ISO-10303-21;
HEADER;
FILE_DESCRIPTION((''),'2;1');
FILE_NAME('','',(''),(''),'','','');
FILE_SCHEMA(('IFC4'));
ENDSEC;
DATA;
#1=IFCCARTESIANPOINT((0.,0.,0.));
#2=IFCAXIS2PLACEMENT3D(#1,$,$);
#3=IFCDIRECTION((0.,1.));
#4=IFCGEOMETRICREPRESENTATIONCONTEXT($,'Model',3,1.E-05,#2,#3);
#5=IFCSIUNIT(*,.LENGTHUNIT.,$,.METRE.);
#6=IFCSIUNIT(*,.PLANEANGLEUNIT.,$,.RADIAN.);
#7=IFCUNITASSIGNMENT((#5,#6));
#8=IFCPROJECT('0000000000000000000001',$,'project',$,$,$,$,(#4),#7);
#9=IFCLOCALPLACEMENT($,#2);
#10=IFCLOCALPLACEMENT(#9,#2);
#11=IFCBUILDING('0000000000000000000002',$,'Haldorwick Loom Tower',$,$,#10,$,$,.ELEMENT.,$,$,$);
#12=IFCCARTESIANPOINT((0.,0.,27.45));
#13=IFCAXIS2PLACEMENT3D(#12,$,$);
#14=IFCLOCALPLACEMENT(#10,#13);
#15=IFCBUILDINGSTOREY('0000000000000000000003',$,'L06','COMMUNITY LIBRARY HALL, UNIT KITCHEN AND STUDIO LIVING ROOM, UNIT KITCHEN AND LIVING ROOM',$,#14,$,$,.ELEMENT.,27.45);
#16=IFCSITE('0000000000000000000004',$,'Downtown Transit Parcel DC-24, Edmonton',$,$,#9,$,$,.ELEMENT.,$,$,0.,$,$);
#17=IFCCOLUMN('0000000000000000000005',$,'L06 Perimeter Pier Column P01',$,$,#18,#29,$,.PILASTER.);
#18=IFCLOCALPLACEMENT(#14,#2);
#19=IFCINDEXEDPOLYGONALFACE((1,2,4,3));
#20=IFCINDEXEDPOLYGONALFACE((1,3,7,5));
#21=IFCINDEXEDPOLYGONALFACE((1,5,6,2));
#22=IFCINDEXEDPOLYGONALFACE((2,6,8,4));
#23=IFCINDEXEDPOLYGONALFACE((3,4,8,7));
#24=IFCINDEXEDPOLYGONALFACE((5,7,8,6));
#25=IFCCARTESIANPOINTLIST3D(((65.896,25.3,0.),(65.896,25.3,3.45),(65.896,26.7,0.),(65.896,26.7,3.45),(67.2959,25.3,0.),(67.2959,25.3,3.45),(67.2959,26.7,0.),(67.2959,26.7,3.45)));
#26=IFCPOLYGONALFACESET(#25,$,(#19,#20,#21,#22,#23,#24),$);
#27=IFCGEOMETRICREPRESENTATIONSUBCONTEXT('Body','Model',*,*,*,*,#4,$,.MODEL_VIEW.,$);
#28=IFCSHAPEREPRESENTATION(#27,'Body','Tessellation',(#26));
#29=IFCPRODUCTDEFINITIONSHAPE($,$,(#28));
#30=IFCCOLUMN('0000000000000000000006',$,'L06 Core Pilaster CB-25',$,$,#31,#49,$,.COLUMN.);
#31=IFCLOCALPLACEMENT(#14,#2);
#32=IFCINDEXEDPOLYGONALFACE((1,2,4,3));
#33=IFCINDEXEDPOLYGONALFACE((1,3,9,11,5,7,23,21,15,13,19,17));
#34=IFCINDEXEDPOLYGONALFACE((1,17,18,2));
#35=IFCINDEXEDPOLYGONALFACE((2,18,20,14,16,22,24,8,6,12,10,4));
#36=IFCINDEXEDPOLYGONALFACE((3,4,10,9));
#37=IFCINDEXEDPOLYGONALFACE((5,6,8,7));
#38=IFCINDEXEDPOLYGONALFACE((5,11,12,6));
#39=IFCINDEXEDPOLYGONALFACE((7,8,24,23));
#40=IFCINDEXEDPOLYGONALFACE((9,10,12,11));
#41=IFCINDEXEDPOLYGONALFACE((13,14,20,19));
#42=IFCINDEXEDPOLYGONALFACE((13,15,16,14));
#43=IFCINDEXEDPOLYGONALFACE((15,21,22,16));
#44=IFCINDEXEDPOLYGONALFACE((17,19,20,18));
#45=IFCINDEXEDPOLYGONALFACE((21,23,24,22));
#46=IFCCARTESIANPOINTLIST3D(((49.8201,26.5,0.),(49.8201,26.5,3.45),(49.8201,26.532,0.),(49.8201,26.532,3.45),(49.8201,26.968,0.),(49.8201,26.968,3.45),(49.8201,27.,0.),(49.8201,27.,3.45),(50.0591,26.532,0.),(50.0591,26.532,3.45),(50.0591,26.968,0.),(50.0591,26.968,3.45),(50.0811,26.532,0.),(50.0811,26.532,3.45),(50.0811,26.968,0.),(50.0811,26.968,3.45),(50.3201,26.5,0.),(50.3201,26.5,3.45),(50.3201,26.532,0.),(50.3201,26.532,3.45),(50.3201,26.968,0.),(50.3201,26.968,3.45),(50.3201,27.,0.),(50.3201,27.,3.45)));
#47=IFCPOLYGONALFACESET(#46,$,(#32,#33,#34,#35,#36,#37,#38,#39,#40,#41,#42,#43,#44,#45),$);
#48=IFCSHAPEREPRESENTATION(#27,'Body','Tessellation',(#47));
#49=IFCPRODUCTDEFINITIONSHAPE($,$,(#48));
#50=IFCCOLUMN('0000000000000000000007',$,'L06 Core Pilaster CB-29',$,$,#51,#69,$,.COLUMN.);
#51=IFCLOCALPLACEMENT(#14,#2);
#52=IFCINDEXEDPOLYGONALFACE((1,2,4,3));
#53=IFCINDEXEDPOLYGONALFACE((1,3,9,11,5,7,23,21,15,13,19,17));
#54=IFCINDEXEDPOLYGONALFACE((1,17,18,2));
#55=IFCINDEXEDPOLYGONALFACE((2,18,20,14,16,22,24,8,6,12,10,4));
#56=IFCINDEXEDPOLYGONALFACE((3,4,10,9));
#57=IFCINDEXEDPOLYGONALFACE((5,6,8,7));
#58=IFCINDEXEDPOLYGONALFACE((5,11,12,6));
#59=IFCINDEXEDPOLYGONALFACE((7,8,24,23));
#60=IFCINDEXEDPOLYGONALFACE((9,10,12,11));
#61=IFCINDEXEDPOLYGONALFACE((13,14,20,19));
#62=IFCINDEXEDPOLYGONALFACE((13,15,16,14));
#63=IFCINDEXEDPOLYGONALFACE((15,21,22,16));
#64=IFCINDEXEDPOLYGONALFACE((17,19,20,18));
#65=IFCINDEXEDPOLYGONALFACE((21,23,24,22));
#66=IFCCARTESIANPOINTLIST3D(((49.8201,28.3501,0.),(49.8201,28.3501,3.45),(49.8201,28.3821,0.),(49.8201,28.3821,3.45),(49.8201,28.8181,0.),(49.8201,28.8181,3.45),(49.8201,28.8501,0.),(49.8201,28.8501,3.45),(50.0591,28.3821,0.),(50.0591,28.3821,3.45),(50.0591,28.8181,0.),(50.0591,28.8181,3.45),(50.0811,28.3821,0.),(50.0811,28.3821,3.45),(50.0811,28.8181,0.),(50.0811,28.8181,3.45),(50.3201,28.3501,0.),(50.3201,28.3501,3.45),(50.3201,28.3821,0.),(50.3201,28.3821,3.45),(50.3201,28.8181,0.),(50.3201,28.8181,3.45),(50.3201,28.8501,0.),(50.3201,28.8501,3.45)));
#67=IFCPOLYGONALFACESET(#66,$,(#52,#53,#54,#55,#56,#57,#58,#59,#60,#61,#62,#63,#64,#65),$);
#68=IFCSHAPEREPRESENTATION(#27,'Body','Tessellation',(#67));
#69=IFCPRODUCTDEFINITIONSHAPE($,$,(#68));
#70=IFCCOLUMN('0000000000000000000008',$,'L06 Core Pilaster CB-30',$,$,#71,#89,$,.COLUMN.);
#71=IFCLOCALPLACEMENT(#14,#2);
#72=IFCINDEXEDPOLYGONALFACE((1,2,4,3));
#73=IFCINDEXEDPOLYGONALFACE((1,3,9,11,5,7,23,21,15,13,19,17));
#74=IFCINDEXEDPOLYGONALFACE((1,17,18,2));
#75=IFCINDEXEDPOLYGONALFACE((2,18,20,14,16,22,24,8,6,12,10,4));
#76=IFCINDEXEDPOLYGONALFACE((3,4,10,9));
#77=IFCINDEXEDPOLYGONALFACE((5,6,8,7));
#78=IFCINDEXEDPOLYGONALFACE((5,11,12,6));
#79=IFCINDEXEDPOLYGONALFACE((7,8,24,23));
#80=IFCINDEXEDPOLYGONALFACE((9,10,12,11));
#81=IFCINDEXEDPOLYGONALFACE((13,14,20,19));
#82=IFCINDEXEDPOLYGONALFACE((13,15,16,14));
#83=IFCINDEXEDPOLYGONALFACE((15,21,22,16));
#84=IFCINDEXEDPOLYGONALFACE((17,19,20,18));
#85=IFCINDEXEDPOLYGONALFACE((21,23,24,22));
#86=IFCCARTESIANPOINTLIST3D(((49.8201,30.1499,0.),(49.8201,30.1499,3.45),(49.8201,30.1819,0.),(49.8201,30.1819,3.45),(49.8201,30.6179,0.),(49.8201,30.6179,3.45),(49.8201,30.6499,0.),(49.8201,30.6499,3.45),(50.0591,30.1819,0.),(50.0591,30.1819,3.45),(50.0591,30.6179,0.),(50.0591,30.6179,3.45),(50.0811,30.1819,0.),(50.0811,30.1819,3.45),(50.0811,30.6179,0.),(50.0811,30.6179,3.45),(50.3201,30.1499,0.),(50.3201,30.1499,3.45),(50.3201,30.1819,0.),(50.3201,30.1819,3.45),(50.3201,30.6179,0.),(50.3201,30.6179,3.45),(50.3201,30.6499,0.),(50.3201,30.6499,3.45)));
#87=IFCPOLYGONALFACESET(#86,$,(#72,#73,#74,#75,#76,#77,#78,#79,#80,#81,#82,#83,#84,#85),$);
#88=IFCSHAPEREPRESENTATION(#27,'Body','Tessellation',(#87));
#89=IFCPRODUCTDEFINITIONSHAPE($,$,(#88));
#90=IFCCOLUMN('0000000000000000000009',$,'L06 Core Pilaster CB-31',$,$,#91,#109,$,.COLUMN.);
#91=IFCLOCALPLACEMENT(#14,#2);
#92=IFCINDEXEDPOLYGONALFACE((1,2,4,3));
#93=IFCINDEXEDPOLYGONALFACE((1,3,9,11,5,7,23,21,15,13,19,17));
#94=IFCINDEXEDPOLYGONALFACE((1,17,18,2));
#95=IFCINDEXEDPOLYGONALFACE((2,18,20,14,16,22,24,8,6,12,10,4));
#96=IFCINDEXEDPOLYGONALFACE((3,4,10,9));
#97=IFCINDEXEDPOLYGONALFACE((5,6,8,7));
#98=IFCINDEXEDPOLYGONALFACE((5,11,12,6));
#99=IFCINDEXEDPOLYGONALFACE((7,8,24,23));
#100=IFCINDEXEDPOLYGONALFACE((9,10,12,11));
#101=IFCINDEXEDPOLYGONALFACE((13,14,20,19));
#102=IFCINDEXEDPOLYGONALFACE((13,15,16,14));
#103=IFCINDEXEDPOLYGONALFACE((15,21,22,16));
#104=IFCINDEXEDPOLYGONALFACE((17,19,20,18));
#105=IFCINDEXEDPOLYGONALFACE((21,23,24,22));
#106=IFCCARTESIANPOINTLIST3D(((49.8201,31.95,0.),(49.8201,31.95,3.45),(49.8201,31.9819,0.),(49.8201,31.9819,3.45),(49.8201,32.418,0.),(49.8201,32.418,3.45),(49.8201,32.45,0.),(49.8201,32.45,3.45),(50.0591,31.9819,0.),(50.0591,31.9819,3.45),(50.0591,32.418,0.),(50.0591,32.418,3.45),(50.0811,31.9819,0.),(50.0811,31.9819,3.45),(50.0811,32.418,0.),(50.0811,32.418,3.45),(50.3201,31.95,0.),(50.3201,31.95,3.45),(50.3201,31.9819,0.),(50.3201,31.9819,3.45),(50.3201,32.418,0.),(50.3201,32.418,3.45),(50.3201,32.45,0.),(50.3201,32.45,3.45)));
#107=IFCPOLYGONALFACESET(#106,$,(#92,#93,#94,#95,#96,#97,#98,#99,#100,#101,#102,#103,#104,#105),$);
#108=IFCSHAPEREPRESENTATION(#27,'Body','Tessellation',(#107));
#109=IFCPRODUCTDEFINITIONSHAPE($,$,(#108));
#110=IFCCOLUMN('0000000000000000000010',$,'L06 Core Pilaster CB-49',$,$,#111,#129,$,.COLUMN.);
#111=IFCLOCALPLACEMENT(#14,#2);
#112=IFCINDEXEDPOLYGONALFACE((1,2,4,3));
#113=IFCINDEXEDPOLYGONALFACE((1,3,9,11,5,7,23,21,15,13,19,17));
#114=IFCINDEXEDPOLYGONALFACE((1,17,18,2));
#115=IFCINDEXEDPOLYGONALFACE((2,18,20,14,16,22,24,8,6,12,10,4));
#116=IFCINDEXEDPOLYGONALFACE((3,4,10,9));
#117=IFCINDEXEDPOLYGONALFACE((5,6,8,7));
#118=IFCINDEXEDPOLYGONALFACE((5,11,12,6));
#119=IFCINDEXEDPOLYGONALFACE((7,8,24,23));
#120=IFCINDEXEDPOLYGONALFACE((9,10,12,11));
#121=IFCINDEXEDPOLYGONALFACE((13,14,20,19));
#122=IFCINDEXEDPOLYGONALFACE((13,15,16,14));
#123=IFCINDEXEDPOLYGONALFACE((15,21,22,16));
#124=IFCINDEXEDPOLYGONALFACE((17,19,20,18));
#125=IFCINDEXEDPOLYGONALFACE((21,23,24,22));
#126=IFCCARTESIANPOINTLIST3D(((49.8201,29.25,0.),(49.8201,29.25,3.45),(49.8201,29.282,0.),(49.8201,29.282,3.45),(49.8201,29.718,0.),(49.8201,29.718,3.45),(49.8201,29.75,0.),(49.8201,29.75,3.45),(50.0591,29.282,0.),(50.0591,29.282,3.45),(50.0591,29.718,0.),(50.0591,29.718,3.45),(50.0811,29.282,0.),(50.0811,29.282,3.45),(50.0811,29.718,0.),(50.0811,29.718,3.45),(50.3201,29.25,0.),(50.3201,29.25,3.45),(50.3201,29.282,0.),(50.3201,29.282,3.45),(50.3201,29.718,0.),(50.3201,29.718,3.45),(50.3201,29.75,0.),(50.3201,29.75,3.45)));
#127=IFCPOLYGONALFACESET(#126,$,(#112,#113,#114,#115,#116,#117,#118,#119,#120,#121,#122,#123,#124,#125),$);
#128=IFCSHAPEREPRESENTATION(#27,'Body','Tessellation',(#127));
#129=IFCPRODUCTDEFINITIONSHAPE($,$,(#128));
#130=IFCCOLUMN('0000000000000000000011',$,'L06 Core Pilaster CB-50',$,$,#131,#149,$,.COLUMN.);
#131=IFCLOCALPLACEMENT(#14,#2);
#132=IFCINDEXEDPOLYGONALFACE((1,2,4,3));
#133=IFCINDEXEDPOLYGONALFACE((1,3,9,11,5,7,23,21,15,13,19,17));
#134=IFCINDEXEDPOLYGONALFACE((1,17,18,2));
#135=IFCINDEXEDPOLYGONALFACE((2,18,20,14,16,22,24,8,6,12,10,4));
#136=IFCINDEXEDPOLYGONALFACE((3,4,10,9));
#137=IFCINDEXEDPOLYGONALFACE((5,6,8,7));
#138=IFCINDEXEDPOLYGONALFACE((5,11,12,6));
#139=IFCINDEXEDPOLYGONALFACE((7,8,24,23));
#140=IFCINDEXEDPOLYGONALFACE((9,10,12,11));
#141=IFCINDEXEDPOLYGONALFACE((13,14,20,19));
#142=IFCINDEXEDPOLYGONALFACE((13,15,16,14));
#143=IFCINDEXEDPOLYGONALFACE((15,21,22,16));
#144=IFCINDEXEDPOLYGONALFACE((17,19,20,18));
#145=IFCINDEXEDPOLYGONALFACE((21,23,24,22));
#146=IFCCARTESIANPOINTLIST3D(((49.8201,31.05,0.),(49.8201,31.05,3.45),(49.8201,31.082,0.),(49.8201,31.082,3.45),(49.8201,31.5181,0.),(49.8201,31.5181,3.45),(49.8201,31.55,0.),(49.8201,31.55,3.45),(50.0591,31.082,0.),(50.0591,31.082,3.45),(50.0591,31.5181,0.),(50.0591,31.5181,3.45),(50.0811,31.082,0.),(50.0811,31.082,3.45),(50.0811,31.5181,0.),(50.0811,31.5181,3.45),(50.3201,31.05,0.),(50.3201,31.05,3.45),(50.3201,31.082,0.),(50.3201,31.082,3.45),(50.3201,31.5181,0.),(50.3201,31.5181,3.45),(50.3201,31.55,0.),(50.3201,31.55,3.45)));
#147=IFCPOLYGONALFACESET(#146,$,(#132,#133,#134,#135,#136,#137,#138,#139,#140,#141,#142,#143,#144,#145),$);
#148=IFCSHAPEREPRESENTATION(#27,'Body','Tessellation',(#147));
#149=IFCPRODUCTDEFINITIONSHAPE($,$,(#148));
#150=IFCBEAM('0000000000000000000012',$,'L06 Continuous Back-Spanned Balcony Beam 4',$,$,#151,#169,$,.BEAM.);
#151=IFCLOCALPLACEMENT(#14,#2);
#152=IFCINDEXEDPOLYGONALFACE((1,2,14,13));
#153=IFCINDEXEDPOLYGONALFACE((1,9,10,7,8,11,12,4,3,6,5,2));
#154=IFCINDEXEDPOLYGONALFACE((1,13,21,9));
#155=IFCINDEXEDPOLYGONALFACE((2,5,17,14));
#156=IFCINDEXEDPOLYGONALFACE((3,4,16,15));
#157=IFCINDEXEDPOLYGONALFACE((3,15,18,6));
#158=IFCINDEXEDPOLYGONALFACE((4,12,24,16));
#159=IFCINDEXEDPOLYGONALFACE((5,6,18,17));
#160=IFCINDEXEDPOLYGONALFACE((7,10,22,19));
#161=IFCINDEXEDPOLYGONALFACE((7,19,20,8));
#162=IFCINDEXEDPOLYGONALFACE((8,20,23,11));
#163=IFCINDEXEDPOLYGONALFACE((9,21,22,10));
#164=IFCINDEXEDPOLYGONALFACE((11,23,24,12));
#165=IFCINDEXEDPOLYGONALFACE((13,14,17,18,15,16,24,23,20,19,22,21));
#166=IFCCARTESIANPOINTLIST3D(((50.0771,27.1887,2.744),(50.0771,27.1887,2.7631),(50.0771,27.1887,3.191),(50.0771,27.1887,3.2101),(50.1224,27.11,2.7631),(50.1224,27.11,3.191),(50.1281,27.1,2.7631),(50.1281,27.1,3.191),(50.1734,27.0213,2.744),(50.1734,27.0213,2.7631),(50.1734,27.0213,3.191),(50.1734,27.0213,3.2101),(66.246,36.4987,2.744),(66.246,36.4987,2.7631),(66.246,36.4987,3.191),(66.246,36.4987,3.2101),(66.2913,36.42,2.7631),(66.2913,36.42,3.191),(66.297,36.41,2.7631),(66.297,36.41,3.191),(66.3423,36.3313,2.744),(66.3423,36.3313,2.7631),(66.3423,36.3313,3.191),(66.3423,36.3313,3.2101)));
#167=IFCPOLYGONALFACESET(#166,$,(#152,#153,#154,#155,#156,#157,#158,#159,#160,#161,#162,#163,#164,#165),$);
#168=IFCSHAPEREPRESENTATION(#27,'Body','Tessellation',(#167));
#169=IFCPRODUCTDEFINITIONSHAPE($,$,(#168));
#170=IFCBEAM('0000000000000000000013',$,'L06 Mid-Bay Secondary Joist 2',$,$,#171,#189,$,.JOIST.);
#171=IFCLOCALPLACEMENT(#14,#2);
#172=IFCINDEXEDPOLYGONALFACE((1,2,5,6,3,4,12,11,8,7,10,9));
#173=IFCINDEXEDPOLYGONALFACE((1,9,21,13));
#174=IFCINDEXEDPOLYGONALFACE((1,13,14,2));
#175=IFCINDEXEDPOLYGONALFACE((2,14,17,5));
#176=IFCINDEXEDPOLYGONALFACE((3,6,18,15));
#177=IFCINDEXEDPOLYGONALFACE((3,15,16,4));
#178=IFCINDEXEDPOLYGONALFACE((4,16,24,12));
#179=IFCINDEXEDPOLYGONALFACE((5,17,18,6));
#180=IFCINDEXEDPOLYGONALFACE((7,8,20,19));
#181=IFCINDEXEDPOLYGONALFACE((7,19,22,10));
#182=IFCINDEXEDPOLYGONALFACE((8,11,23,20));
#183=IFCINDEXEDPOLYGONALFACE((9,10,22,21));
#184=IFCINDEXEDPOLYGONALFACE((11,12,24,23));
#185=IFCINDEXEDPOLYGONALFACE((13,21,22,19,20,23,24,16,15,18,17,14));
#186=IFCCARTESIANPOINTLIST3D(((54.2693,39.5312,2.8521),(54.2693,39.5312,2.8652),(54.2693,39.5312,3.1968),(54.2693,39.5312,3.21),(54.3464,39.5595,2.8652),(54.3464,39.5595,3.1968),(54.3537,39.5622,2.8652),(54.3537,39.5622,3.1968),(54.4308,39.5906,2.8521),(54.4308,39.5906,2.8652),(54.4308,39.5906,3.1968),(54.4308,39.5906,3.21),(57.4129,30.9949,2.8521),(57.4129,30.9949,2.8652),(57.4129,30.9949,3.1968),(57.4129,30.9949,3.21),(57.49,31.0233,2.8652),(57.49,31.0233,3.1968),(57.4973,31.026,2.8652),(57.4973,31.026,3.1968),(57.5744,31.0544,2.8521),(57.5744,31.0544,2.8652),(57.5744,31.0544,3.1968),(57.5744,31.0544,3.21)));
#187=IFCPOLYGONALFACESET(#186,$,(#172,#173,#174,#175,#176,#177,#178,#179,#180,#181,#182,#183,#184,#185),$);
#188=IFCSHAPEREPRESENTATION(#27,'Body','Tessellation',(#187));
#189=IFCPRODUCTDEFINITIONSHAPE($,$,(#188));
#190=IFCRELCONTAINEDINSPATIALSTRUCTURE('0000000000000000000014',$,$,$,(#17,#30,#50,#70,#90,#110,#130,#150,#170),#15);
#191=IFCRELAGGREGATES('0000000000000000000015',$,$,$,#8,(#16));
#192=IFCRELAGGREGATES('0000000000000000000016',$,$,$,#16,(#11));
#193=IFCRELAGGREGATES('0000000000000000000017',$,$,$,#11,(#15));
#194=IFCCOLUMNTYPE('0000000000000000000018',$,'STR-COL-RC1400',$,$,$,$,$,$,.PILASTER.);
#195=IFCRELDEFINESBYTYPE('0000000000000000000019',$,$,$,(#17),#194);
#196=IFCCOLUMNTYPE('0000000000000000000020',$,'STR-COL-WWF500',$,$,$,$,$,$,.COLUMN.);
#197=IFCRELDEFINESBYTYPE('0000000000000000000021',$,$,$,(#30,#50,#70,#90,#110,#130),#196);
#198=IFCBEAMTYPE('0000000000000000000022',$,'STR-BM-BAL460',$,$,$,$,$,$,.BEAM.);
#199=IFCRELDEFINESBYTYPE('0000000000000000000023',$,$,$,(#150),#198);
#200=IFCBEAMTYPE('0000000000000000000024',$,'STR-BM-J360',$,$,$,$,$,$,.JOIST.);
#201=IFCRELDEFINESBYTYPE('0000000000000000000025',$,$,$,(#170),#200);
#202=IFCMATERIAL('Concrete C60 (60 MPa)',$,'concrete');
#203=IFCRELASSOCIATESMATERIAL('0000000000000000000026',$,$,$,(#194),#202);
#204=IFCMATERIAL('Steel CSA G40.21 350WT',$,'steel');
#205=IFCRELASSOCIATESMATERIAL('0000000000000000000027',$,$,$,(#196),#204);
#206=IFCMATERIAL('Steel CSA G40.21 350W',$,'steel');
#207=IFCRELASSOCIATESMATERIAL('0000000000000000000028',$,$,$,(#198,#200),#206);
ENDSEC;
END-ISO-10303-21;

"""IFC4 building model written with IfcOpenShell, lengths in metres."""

from ifc_helpers import new_model, si_unit, direction, frame, origin, origin_2d, place, context, subcontext, project, spatial, rectangle, i_section, extrude, material, material_profile, profile_set, type_object, element, save


model = new_model("IFC4")

# Units and contexts
model_context = context("Model", 3, precision=1e-05, world=origin(), true_north=direction((0.0, 1.0)))
body_context = subcontext(model_context, "Body", "Model", "MODEL_VIEW")
ifc_project = project(units=[si_unit("LENGTHUNIT", "METRE"), si_unit("PLANEANGLEUNIT", "RADIAN")], contexts=[model_context])

# Site, building, storey
site_placement = place(None, origin())
site = spatial("IfcSite", under=ifc_project, at=site_placement, Name="Downtown Transit Parcel DC-24, Edmonton", CompositionType="ELEMENT", RefElevation=0.0)
building_placement = place(site_placement, origin())
building = spatial("IfcBuilding", under=site, at=building_placement, Name="Haldorwick Loom Tower", CompositionType="ELEMENT")
storey_placement = place(building_placement, frame((0.0, 0.0, 27.45)))
storey = spatial("IfcBuildingStorey", under=building, at=storey_placement, Name="L06", Description="COMMUNITY LIBRARY HALL, UNIT KITCHEN AND STUDIO LIVING ROOM, UNIT KITCHEN AND LIVING ROOM", CompositionType="ELEMENT", Elevation=27.45)

# Columns
ifc_material_1 = material(Name="Concrete C60 (60 MPa)", Category="concrete")
ifc_material_profile_1 = material_profile(ifc_material_1, rectangle(XDim=1.3999, YDim=1.3999, at=origin_2d()), Name="RC1400X1400", Category="concrete")
ifc_profile_set_1 = profile_set([ifc_material_profile_1], Name="Concrete C60 (60 MPa)")
column_type_1 = type_object("IfcColumnType", Name="STR-COL-RC1400", PredefinedType="PILASTER", material=ifc_profile_set_1)
column_placement = place(storey_placement, frame((66.5959, 26.0, 0.0), z_axis=(0.0, 0.0, 1.0), x_axis=(1.0, 0.0, 0.0)))
element("IfcColumn", 1, at=column_placement, inside=storey, type_object=column_type_1, Name="L06 Perimeter Pier Column P01", PredefinedType="PILASTER", context=body_context, shape_type="SweptSolid", body=[
    extrude(rectangle(XDim=1.3999, YDim=1.3999, at=origin_2d()), origin(), (0.0, 0.0, 1.0), 3.45),
])
ifc_material_2 = material(Name="Steel CSA G40.21 350WT", Category="steel")
ifc_material_profile_2 = material_profile(ifc_material_2, i_section(OverallWidth=0.5, OverallDepth=0.5, WebThickness=0.022, FlangeThickness=0.032, at=origin_2d()), Name="WWF500X500", Category="steel")
ifc_profile_set_2 = profile_set([ifc_material_profile_2], Name="Steel CSA G40.21 350WT")
column_type_2 = type_object("IfcColumnType", Name="STR-COL-WWF500", PredefinedType="COLUMN", material=ifc_profile_set_2)
for number, where, z_axis, x_axis, name in (
    (2, (50.0701, 26.75, 0.0), (0.0, 0.0, 1.0), (1.0, 0.0, 0.0), "L06 Core Pilaster CB-25"),
    (3, (50.0701, 28.6001, 0.0), (0.0, 0.0, 1.0), (1.0, 0.0, 0.0), "L06 Core Pilaster CB-29"),
    (4, (50.0701, 30.3999, 0.0), (0.0, 0.0, 1.0), (1.0, 0.0, 0.0), "L06 Core Pilaster CB-30"),
    (5, (50.0701, 32.2, 0.0), (0.0, 0.0, 1.0), (1.0, 0.0, 0.0), "L06 Core Pilaster CB-31"),
    (6, (50.0701, 29.5, 0.0), (0.0, 0.0, 1.0), (1.0, 0.0, 0.0), "L06 Core Pilaster CB-49"),
    (7, (50.0701, 31.3, 0.0), (0.0, 0.0, 1.0), (1.0, 0.0, 0.0), "L06 Core Pilaster CB-50"),
):
    element("IfcColumn", number, at=place(storey_placement, frame(where, z_axis=z_axis, x_axis=x_axis)), inside=storey, type_object=column_type_2, Name=name, PredefinedType="COLUMN", context=body_context, shape_type="SweptSolid", body=[
        extrude(i_section(OverallWidth=0.5, OverallDepth=0.5, WebThickness=0.022, FlangeThickness=0.032, at=origin_2d()), origin(), (0.0, 0.0, 1.0), 3.45),
    ])

# Beams
ifc_material_3 = material(Name="Steel CSA G40.21 350W", Category="steel")
ifc_material_profile_3 = material_profile(ifc_material_3, i_section(OverallWidth=0.1931, OverallDepth=0.4661, WebThickness=0.0115, FlangeThickness=0.019, at=origin_2d()), Name="W460X97", Category="steel")
ifc_profile_set_3 = profile_set([ifc_material_profile_3], Name="Steel CSA G40.21 350W")
beam_type_1 = type_object("IfcBeamType", Name="STR-BM-BAL460", PredefinedType="BEAM", material=ifc_profile_set_3)
beam_1_placement = place(storey_placement, frame((50.1252, 27.105, 2.9771), z_axis=(0.866607, 0.498991, 0.0), x_axis=(-0.498991, 0.866607, 0.0)))
element("IfcBeam", 8, at=beam_1_placement, inside=storey, type_object=beam_type_1, Name="L06 Continuous Back-Spanned Balcony Beam 4", PredefinedType="BEAM", context=body_context, shape_type="SweptSolid", body=[
    extrude(i_section(OverallWidth=0.1931, OverallDepth=0.4661, WebThickness=0.0115, FlangeThickness=0.019, at=origin_2d()), origin(), (0.0, 0.0, 1.0), 18.6577),
])
ifc_material_profile_4 = material_profile(ifc_material_3, i_section(OverallWidth=0.1721, OverallDepth=0.3579, WebThickness=0.0078, FlangeThickness=0.0132, at=origin_2d()), Name="W360X57", Category="steel")
ifc_profile_set_4 = profile_set([ifc_material_profile_4], Name="Steel CSA G40.21 350W")
beam_type_2 = type_object("IfcBeamType", Name="STR-BM-J360", PredefinedType="JOIST", material=ifc_profile_set_4)
beam_2_placement = place(storey_placement, frame((57.4937, 31.0247, 3.031), z_axis=(-0.345576, 0.938391, 0.0), x_axis=(-0.938391, -0.345576, 0.0)))
element("IfcBeam", 9, at=beam_2_placement, inside=storey, type_object=beam_type_2, Name="L06 Mid-Bay Secondary Joist 2", PredefinedType="JOIST", context=body_context, shape_type="SweptSolid", body=[
    extrude(i_section(OverallWidth=0.1721, OverallDepth=0.3579, WebThickness=0.0078, FlangeThickness=0.0132, at=origin_2d()), origin(), (0.0, 0.0, 1.0), 9.0967),
])

save(model, "model.ifc")
